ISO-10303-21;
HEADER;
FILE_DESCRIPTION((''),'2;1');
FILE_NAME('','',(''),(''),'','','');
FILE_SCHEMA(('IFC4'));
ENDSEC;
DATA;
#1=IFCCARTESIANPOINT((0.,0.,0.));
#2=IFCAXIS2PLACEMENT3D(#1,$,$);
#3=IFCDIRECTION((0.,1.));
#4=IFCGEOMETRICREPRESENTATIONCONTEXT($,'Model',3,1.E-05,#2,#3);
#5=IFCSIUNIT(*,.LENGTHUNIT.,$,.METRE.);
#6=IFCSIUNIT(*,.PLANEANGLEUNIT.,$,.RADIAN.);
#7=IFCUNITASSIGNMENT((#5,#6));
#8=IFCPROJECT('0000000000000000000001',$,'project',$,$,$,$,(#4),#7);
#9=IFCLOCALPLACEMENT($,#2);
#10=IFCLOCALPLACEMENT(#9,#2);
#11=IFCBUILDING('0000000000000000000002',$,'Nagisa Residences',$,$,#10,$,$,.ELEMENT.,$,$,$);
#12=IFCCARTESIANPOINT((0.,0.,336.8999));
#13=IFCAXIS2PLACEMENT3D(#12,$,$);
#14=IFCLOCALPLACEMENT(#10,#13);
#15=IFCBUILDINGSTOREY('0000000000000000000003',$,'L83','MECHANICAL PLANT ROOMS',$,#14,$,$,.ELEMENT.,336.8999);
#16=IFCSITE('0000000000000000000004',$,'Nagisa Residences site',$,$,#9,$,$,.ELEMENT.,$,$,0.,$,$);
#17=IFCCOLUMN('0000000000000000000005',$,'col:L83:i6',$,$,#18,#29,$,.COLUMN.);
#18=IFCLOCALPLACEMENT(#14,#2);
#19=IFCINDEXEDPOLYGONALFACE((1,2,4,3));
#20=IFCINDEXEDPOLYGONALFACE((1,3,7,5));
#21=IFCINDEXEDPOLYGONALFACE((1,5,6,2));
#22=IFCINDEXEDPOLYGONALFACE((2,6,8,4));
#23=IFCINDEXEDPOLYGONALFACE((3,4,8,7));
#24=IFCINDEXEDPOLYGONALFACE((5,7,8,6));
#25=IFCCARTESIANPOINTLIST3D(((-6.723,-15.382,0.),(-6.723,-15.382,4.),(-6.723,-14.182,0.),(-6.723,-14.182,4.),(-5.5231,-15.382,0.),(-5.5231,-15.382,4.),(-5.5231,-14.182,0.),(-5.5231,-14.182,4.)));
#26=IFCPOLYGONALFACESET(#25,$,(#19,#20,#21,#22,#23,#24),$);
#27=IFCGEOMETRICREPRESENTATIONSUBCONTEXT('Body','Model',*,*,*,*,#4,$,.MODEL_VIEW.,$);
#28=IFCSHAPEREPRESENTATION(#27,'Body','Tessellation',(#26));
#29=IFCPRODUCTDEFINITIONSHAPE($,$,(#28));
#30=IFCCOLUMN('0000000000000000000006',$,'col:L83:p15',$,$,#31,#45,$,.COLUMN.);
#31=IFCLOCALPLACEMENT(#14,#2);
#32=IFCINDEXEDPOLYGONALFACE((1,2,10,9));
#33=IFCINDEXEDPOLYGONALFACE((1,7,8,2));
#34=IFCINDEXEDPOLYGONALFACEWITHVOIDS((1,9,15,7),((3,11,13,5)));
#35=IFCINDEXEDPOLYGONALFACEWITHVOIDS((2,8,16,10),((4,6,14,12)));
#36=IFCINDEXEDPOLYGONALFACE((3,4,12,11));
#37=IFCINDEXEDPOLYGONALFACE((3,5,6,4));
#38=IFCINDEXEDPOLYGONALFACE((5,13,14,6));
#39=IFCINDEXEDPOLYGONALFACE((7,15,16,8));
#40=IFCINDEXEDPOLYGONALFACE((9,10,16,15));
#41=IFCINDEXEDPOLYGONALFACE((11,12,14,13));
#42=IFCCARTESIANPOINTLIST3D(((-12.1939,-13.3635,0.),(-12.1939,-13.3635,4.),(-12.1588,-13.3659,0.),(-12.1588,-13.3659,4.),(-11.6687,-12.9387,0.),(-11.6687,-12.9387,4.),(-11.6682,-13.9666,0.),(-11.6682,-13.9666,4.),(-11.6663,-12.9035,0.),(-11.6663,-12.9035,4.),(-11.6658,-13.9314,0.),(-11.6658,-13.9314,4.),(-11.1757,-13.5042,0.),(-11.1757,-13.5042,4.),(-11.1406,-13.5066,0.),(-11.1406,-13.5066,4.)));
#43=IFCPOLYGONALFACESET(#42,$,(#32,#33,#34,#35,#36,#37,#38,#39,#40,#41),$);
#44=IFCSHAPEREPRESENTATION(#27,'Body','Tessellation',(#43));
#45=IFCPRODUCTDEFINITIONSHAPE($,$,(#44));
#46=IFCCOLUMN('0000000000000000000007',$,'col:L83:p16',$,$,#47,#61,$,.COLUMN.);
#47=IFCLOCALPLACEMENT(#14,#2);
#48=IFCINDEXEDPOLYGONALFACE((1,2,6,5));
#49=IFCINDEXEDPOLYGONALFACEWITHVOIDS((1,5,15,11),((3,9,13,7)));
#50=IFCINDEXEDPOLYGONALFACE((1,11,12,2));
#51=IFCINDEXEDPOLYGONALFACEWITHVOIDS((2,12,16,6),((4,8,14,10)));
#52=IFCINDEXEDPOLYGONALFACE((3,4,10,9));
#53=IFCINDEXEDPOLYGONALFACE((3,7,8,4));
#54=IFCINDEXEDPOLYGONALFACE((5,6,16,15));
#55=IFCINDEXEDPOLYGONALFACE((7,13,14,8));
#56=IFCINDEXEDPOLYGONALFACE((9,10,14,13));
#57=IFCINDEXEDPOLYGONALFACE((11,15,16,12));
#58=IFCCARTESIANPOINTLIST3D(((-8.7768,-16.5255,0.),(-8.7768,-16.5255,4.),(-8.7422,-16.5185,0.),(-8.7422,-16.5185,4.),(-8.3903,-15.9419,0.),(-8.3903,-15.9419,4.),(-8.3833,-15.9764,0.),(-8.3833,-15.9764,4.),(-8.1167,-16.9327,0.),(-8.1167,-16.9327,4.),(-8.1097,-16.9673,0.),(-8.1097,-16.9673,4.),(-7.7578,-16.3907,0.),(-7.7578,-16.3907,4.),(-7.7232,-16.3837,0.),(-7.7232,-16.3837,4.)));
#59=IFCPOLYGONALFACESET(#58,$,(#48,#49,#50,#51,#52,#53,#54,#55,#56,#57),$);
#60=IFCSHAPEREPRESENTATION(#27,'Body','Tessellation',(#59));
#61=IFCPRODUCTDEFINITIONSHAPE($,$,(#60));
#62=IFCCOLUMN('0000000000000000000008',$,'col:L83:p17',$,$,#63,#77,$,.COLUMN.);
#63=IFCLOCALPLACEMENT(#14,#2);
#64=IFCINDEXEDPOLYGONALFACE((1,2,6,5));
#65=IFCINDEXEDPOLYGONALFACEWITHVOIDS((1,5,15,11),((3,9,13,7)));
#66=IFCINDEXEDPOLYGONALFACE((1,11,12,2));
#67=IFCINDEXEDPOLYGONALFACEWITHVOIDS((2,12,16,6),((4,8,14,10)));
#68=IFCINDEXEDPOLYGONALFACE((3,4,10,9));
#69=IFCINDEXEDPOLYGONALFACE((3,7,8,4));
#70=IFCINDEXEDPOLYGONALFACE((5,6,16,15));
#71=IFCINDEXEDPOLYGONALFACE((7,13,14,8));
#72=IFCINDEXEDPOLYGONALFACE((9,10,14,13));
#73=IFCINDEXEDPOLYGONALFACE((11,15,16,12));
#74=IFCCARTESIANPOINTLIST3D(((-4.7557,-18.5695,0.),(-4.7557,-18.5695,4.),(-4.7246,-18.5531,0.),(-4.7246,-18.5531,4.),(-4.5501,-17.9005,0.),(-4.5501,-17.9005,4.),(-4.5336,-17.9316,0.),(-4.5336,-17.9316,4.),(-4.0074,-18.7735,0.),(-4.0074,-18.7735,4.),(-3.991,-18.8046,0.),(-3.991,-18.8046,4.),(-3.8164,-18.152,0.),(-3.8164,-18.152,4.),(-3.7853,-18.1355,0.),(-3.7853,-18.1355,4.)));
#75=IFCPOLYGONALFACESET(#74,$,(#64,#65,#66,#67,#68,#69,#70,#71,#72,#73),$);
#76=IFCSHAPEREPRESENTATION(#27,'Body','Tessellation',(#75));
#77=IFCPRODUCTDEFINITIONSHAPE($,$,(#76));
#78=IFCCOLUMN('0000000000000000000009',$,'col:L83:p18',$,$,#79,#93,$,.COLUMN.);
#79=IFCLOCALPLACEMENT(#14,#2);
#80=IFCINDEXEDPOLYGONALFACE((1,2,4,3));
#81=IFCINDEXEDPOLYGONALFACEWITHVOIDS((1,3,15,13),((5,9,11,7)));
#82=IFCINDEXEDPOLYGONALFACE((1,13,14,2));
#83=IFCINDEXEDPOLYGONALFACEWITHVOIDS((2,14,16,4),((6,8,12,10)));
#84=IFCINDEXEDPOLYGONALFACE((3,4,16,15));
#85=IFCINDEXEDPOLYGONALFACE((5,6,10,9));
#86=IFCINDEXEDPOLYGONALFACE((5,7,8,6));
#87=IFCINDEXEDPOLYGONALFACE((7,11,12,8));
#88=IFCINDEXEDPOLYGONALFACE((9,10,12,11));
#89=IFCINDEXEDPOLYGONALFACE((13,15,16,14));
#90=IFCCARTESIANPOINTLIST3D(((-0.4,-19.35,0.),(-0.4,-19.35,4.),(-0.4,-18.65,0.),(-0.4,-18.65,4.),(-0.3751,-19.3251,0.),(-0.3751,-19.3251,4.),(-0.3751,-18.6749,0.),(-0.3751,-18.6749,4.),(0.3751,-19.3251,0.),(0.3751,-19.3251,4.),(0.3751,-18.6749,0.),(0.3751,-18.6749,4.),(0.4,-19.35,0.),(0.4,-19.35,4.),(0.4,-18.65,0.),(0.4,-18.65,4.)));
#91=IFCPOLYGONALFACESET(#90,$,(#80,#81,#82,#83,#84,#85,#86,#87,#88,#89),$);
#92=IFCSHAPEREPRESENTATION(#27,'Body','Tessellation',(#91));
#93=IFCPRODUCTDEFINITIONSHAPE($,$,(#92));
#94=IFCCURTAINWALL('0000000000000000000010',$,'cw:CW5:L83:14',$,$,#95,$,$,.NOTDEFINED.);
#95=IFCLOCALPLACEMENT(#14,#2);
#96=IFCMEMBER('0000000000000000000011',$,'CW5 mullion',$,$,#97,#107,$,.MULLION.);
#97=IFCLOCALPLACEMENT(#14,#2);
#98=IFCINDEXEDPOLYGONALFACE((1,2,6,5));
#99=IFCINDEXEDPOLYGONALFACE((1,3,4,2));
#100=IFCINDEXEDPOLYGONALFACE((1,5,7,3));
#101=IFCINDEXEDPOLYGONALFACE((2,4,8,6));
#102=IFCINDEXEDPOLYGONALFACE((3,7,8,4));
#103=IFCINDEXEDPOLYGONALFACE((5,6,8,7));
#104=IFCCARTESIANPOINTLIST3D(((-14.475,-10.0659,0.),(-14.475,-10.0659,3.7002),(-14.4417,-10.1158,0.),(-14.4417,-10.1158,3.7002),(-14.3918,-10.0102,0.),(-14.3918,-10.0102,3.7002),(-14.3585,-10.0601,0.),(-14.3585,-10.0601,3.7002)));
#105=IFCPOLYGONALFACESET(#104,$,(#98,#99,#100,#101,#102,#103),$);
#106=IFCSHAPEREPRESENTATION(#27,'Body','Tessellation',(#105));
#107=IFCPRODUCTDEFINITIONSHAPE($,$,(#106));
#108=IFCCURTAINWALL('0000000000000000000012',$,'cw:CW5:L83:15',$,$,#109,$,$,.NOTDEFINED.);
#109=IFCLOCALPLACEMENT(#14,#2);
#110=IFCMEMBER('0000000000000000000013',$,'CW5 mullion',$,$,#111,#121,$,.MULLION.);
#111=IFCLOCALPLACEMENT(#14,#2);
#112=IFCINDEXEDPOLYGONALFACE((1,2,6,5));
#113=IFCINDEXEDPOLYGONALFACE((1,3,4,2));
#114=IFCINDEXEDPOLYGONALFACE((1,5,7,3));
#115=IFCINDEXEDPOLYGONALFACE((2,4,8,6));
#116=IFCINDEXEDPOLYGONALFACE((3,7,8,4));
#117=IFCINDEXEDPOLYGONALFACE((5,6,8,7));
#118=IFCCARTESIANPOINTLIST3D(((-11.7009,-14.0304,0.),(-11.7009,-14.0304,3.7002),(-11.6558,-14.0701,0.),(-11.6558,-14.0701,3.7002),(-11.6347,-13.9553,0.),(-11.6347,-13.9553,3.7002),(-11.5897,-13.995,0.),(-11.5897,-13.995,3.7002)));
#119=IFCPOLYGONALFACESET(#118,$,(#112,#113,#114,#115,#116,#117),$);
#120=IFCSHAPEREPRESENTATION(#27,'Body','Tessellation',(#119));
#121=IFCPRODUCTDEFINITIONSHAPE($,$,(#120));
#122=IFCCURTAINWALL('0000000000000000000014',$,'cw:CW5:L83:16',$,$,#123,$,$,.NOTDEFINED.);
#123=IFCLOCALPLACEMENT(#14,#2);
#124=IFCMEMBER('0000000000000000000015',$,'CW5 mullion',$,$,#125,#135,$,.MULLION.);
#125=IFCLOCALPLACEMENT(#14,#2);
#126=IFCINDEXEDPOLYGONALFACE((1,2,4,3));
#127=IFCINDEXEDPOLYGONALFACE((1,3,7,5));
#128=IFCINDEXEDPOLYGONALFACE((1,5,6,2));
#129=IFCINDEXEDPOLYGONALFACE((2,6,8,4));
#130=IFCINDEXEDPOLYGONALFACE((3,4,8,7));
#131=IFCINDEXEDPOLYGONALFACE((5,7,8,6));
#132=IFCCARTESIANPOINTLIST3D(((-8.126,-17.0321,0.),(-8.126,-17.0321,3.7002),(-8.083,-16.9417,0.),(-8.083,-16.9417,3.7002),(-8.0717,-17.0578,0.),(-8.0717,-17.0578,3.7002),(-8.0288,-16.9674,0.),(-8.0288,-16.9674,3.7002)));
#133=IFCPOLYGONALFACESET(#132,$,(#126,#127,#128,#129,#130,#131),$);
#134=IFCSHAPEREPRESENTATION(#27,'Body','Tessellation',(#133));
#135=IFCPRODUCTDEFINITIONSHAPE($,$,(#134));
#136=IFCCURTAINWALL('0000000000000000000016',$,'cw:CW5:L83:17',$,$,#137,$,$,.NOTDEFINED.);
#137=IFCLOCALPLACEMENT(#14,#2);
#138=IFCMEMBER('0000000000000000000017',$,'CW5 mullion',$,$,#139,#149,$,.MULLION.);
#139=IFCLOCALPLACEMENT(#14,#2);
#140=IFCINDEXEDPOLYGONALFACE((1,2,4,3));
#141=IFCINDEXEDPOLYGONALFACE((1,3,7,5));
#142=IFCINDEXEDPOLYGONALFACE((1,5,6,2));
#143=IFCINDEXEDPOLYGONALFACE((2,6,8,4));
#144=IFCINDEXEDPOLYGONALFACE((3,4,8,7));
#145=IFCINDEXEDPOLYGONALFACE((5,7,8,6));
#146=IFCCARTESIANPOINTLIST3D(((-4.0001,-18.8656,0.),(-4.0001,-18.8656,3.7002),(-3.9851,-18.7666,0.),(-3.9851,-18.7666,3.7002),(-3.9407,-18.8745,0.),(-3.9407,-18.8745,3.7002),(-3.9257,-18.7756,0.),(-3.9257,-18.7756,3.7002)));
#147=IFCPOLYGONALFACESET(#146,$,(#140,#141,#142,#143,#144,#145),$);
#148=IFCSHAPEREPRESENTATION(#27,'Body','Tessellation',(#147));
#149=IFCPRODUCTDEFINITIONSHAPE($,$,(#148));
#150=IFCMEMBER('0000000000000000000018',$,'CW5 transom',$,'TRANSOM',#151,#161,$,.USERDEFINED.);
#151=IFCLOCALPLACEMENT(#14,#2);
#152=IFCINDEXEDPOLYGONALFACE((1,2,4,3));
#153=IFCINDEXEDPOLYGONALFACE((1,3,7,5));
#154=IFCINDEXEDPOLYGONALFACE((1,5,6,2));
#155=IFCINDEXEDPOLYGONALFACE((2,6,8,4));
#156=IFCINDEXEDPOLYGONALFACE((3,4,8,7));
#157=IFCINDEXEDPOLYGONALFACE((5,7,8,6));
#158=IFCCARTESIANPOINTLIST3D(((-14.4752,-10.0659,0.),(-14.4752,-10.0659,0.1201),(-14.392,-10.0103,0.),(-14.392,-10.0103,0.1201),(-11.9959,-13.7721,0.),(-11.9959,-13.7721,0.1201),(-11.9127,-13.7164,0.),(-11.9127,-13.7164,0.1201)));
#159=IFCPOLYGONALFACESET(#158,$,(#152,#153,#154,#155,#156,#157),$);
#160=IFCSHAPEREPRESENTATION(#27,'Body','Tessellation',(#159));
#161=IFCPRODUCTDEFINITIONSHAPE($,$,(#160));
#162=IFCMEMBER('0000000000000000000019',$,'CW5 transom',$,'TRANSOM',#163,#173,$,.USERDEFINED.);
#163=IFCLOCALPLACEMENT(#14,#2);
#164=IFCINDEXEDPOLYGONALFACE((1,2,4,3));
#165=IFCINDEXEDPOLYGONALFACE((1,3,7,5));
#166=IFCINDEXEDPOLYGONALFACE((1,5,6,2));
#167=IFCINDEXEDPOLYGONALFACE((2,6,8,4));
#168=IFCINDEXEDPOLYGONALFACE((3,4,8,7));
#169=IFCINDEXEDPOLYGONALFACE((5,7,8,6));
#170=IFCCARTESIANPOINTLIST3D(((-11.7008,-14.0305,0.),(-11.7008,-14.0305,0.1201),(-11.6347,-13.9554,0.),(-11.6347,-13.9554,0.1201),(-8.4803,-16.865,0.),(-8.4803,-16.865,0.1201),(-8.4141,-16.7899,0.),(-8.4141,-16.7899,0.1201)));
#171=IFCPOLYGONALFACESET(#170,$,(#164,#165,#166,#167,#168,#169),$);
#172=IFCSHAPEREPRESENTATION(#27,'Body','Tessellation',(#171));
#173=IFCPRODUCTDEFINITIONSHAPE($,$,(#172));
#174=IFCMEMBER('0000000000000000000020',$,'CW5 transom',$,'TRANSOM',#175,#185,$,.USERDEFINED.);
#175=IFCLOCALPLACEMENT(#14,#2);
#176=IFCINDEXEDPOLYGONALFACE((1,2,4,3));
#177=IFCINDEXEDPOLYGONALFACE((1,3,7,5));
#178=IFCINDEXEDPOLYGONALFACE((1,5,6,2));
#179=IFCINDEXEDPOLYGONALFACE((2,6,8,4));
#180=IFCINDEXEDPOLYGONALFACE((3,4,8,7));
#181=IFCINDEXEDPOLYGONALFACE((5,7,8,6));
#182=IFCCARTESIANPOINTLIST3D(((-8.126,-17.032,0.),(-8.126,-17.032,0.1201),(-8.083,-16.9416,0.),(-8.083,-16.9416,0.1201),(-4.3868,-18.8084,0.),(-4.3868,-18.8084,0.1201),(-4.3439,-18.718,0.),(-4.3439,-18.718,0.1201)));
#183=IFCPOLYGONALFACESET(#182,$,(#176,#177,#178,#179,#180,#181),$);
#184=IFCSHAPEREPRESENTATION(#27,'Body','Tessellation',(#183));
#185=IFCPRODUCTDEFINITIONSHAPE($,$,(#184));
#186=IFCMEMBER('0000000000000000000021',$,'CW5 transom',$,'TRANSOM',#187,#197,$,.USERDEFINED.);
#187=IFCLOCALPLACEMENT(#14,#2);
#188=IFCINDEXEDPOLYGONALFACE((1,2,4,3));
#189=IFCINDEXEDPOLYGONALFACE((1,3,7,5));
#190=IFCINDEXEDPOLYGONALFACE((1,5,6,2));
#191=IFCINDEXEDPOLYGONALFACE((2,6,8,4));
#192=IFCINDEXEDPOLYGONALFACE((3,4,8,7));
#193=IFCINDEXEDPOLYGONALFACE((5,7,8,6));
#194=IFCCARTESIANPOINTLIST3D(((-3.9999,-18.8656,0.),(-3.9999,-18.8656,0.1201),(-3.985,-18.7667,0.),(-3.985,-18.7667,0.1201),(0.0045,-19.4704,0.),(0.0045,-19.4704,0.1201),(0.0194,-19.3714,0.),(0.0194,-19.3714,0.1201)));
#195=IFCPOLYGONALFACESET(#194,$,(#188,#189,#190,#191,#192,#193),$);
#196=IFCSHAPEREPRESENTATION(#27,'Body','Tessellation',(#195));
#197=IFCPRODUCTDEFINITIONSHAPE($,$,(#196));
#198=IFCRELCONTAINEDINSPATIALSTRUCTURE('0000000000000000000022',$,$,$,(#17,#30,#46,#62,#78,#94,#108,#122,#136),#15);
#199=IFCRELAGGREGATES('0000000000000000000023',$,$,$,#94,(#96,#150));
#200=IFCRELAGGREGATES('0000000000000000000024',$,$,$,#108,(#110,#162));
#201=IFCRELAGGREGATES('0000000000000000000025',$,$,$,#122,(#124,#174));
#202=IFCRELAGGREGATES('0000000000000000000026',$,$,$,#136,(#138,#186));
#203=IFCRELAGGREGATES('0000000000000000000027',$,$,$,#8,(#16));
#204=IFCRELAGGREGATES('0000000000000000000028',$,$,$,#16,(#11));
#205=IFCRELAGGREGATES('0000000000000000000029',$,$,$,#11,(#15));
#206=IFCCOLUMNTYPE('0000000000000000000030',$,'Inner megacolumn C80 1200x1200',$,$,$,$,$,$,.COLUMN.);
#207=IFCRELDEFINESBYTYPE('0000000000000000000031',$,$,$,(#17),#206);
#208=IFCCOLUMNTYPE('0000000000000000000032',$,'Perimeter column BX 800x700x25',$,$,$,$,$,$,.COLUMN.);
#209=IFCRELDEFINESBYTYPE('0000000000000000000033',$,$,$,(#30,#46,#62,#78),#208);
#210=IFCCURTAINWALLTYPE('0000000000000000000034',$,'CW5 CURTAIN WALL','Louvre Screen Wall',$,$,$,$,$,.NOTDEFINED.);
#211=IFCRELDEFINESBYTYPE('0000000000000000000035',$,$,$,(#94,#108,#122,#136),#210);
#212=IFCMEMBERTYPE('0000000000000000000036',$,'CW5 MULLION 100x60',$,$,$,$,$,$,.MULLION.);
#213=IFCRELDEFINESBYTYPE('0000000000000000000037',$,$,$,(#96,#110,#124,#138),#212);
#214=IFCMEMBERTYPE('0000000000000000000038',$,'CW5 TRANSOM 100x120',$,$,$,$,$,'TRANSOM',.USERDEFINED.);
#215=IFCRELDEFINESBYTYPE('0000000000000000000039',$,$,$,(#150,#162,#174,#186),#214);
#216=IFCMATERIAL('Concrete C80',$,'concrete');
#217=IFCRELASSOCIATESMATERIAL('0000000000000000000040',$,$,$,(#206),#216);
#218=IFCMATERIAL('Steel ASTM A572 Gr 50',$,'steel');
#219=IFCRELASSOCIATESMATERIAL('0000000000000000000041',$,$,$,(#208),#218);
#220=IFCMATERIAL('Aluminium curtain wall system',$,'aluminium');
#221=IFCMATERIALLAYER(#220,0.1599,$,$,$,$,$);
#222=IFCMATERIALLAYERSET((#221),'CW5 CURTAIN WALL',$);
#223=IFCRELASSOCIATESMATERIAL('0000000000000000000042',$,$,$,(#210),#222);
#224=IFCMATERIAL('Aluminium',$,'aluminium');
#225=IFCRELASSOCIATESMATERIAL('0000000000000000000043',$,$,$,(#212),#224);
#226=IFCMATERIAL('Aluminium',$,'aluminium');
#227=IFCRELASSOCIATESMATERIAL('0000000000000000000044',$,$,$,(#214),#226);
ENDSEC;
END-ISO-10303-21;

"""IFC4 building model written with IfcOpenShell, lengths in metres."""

from ifc_helpers import new_model, si_unit, direction, frame, origin, origin_2d, place, context, subcontext, project, spatial, rectangle, hollow_rectangle, extrude, material, layer, layer_set, material_profile, profile_set, type_object, element, aggregate, save


model = new_model("IFC4")

# Units and contexts
model_context = context("Model", 3, precision=1e-05, world=origin(), true_north=direction((0.0, 1.0)))
body_context = subcontext(model_context, "Body", "Model", "MODEL_VIEW")
ifc_project = project(units=[si_unit("LENGTHUNIT", "METRE"), si_unit("PLANEANGLEUNIT", "RADIAN")], contexts=[model_context])

# Site, building, storey
site_placement = place(None, origin())
site = spatial("IfcSite", under=ifc_project, at=site_placement, Name="Nagisa Residences site", CompositionType="ELEMENT", RefElevation=0.0)
building_placement = place(site_placement, origin())
building = spatial("IfcBuilding", under=site, at=building_placement, Name="Nagisa Residences", CompositionType="ELEMENT")
storey_placement = place(building_placement, frame((0.0, 0.0, 336.8999)))
storey = spatial("IfcBuildingStorey", under=building, at=storey_placement, Name="L83", Description="MECHANICAL PLANT ROOMS", CompositionType="ELEMENT", Elevation=336.8999)

# Columns
ifc_material_1 = material(Name="Concrete C80", Category="concrete")
ifc_material_profile_1 = material_profile(ifc_material_1, rectangle(XDim=1.2, YDim=1.2, at=origin_2d()), Name="C80 1200x1200")
ifc_profile_set_1 = profile_set([ifc_material_profile_1], Name="Concrete C80")
column_type_1 = type_object("IfcColumnType", Name="Inner megacolumn C80 1200x1200", PredefinedType="COLUMN", material=ifc_profile_set_1)
column_placement = place(storey_placement, frame((-6.123, -14.782, 0.0), z_axis=(0.0, 0.0, 1.0), x_axis=(1.0, 0.0, 0.0)))
element("IfcColumn", 1, at=column_placement, inside=storey, type_object=column_type_1, Name="col:L83:i6", PredefinedType="COLUMN", context=body_context, shape_type="SweptSolid", body=[
    extrude(rectangle(XDim=1.2, YDim=1.2, at=origin_2d()), origin(), (0.0, 0.0, 1.0), 4.0),
])
ifc_material_2 = material(Name="Steel ASTM A572 Gr 50", Category="steel")
ifc_material_profile_2 = material_profile(ifc_material_2, hollow_rectangle(XDim=0.8, YDim=0.7, WallThickness=0.0249, at=origin_2d()), Name="BX 800x700x25")
ifc_profile_set_2 = profile_set([ifc_material_profile_2], Name="Steel ASTM A572 Gr 50")
column_type_2 = type_object("IfcColumnType", Name="Perimeter column BX 800x700x25", PredefinedType="COLUMN", material=ifc_profile_set_2)
for number, where, z_axis, x_axis, name in (
    (2, (-11.6672, -13.4351, 0.0), (0.0, 0.0, 1.0), (0.657135, -0.753773, 0.0), "col:L83:p15"),
    (3, (-8.25, -16.4546, 0.0), (0.0, 0.0, 1.0), (0.833744, -0.552151, 0.0), "col:L83:p16"),
    (4, (-4.2705, -18.3525, 0.0), (0.0, 0.0, 1.0), (0.95587, -0.29379, 0.0), "col:L83:p17"),
    (5, (0.0, -19.0, 0.0), (0.0, 0.0, 1.0), (1.0, 0.0, 0.0), "col:L83:p18"),
):
    element("IfcColumn", number, at=place(storey_placement, frame(where, z_axis=z_axis, x_axis=x_axis)), inside=storey, type_object=column_type_2, Name=name, PredefinedType="COLUMN", context=body_context, shape_type="SweptSolid", body=[
        extrude(hollow_rectangle(XDim=0.8, YDim=0.7, WallThickness=0.0249, at=origin_2d()), origin(), (0.0, 0.0, 1.0), 4.0),
    ])

# Curtain walls, members
ifc_material_3 = material(Name="Aluminium curtain wall system", Category="aluminium")
ifc_layer_1 = layer(ifc_material_3, 0.1599)
ifc_layer_set_1 = layer_set([ifc_layer_1], Name="CW5 CURTAIN WALL")
curtain_wall_type = type_object("IfcCurtainWallType", Name="CW5 CURTAIN WALL", Description="Louvre Screen Wall", PredefinedType="NOTDEFINED", material=ifc_layer_set_1)
curtain_wall_1_placement = place(storey_placement, origin())
curtain_wall_1 = element("IfcCurtainWall", 6, at=curtain_wall_1_placement, inside=storey, type_object=curtain_wall_type, Name="cw:CW5:L83:14", PredefinedType="NOTDEFINED")
ifc_material_4 = material(Name="Aluminium", Category="aluminium")
ifc_material_profile_3 = material_profile(ifc_material_4, rectangle(XDim=0.1001, YDim=0.0601, at=origin_2d()), Name="CW5 MULLION 100x60")
ifc_profile_set_3 = profile_set([ifc_material_profile_3], Name="Aluminium")
member_type_1 = type_object("IfcMemberType", Name="CW5 MULLION 100x60", PredefinedType="MULLION", material=ifc_profile_set_3)
member_1_placement = place(storey_placement, frame((-14.4167, -10.063, 0.0), z_axis=(0.0, 0.0, 1.0), x_axis=(0.831173, 0.556014, 0.0)))
member_1 = element("IfcMember", 7, at=member_1_placement, type_object=member_type_1, Name="CW5 mullion", PredefinedType="MULLION", context=body_context, shape_type="SweptSolid", body=[
    extrude(rectangle(XDim=0.1001, YDim=0.0601, at=origin_2d()), origin(), (0.0, 0.0, 1.0), 3.7002),
])
curtain_wall_2_placement = place(storey_placement, origin())
curtain_wall_2 = element("IfcCurtainWall", 8, at=curtain_wall_2_placement, inside=storey, type_object=curtain_wall_type, Name="cw:CW5:L83:15", PredefinedType="NOTDEFINED")
member_2_placement = place(storey_placement, frame((-11.6453, -14.0127, 0.0), z_axis=(0.0, 0.0, 1.0), x_axis=(0.660699, 0.750651, 0.0)))
member_2 = element("IfcMember", 9, at=member_2_placement, type_object=member_type_1, Name="CW5 mullion", PredefinedType="MULLION", context=body_context, shape_type="SweptSolid", body=[
    extrude(rectangle(XDim=0.1001, YDim=0.0601, at=origin_2d()), origin(), (0.0, 0.0, 1.0), 3.7002),
])
curtain_wall_3_placement = place(storey_placement, origin())
curtain_wall_3 = element("IfcCurtainWall", 10, at=curtain_wall_3_placement, inside=storey, type_object=curtain_wall_type, Name="cw:CW5:L83:16", PredefinedType="NOTDEFINED")
member_3_placement = place(storey_placement, frame((-8.0774, -16.9998, 0.0), z_axis=(0.0, 0.0, 1.0), x_axis=(0.429151, 0.903233, 0.0)))
member_3 = element("IfcMember", 11, at=member_3_placement, type_object=member_type_1, Name="CW5 mullion", PredefinedType="MULLION", context=body_context, shape_type="SweptSolid", body=[
    extrude(rectangle(XDim=0.1001, YDim=0.0601, at=origin_2d()), origin(), (0.0, 0.0, 1.0), 3.7002),
])
curtain_wall_4_placement = place(storey_placement, origin())
curtain_wall_4 = element("IfcCurtainWall", 12, at=curtain_wall_4_placement, inside=storey, type_object=curtain_wall_type, Name="cw:CW5:L83:17", PredefinedType="NOTDEFINED")
member_4_placement = place(storey_placement, frame((-3.9629, -18.8206, 0.0), z_axis=(0.0, 0.0, 1.0), x_axis=(0.14932, 0.988789, 0.0)))
member_4 = element("IfcMember", 13, at=member_4_placement, type_object=member_type_1, Name="CW5 mullion", PredefinedType="MULLION", context=body_context, shape_type="SweptSolid", body=[
    extrude(rectangle(XDim=0.1001, YDim=0.0601, at=origin_2d()), origin(), (0.0, 0.0, 1.0), 3.7002),
])

# Members
ifc_material_5 = material(Name="Aluminium", Category="aluminium")
ifc_material_profile_4 = material_profile(ifc_material_5, rectangle(XDim=0.1001, YDim=0.1201, at=origin_2d()), Name="CW5 TRANSOM 100x120")
ifc_profile_set_4 = profile_set([ifc_material_profile_4], Name="Aluminium")
member_type_2 = type_object("IfcMemberType", Name="CW5 TRANSOM 100x120", ElementType="TRANSOM", PredefinedType="USERDEFINED", material=ifc_profile_set_4)
member_5_placement = place(storey_placement, frame((-14.4336, -10.0381, 0.0601), z_axis=(0.556026, -0.831165, 0.0), x_axis=(0.831165, 0.556026, 0.0)))
member_5 = element("IfcMember", 14, at=member_5_placement, type_object=member_type_2, Name="CW5 transom", ObjectType="TRANSOM", PredefinedType="USERDEFINED", context=body_context, shape_type="SweptSolid", body=[
    extrude(rectangle(XDim=0.1001, YDim=0.1201, at=origin_2d()), origin(), (0.0, 0.0, 1.0), 4.459),
])
member_6_placement = place(storey_placement, frame((-11.6677, -13.9929, 0.0601), z_axis=(0.750659, -0.660689, 0.0), x_axis=(0.660689, 0.750659, 0.0)))
member_6 = element("IfcMember", 15, at=member_6_placement, type_object=member_type_2, Name="CW5 transom", ObjectType="TRANSOM", PredefinedType="USERDEFINED", context=body_context, shape_type="SweptSolid", body=[
    extrude(rectangle(XDim=0.1001, YDim=0.1201, at=origin_2d()), origin(), (0.0, 0.0, 1.0), 4.2903),
])
member_7_placement = place(storey_placement, frame((-8.1045, -16.9868, 0.0601), z_axis=(0.903246, -0.429123, 0.0), x_axis=(0.429123, 0.903246, 0.0)))
member_7 = element("IfcMember", 16, at=member_7_placement, type_object=member_type_2, Name="CW5 transom", ObjectType="TRANSOM", PredefinedType="USERDEFINED", context=body_context, shape_type="SweptSolid", body=[
    extrude(rectangle(XDim=0.1001, YDim=0.1201, at=origin_2d()), origin(), (0.0, 0.0, 1.0), 4.1396),
])
member_8_placement = place(storey_placement, frame((-3.9924, -18.8162, 0.0601), z_axis=(0.988788, -0.149325, 0.0), x_axis=(0.149325, 0.988788, 0.0)))
member_8 = element("IfcMember", 17, at=member_8_placement, type_object=member_type_2, Name="CW5 transom", ObjectType="TRANSOM", PredefinedType="USERDEFINED", context=body_context, shape_type="SweptSolid", body=[
    extrude(rectangle(XDim=0.1001, YDim=0.1201, at=origin_2d()), origin(), (0.0, 0.0, 1.0), 4.0498),
])

aggregate(curtain_wall_1, [member_1, member_5])
aggregate(curtain_wall_2, [member_2, member_6])
aggregate(curtain_wall_3, [member_3, member_7])
aggregate(curtain_wall_4, [member_4, member_8])

save(model, "model.ifc")
